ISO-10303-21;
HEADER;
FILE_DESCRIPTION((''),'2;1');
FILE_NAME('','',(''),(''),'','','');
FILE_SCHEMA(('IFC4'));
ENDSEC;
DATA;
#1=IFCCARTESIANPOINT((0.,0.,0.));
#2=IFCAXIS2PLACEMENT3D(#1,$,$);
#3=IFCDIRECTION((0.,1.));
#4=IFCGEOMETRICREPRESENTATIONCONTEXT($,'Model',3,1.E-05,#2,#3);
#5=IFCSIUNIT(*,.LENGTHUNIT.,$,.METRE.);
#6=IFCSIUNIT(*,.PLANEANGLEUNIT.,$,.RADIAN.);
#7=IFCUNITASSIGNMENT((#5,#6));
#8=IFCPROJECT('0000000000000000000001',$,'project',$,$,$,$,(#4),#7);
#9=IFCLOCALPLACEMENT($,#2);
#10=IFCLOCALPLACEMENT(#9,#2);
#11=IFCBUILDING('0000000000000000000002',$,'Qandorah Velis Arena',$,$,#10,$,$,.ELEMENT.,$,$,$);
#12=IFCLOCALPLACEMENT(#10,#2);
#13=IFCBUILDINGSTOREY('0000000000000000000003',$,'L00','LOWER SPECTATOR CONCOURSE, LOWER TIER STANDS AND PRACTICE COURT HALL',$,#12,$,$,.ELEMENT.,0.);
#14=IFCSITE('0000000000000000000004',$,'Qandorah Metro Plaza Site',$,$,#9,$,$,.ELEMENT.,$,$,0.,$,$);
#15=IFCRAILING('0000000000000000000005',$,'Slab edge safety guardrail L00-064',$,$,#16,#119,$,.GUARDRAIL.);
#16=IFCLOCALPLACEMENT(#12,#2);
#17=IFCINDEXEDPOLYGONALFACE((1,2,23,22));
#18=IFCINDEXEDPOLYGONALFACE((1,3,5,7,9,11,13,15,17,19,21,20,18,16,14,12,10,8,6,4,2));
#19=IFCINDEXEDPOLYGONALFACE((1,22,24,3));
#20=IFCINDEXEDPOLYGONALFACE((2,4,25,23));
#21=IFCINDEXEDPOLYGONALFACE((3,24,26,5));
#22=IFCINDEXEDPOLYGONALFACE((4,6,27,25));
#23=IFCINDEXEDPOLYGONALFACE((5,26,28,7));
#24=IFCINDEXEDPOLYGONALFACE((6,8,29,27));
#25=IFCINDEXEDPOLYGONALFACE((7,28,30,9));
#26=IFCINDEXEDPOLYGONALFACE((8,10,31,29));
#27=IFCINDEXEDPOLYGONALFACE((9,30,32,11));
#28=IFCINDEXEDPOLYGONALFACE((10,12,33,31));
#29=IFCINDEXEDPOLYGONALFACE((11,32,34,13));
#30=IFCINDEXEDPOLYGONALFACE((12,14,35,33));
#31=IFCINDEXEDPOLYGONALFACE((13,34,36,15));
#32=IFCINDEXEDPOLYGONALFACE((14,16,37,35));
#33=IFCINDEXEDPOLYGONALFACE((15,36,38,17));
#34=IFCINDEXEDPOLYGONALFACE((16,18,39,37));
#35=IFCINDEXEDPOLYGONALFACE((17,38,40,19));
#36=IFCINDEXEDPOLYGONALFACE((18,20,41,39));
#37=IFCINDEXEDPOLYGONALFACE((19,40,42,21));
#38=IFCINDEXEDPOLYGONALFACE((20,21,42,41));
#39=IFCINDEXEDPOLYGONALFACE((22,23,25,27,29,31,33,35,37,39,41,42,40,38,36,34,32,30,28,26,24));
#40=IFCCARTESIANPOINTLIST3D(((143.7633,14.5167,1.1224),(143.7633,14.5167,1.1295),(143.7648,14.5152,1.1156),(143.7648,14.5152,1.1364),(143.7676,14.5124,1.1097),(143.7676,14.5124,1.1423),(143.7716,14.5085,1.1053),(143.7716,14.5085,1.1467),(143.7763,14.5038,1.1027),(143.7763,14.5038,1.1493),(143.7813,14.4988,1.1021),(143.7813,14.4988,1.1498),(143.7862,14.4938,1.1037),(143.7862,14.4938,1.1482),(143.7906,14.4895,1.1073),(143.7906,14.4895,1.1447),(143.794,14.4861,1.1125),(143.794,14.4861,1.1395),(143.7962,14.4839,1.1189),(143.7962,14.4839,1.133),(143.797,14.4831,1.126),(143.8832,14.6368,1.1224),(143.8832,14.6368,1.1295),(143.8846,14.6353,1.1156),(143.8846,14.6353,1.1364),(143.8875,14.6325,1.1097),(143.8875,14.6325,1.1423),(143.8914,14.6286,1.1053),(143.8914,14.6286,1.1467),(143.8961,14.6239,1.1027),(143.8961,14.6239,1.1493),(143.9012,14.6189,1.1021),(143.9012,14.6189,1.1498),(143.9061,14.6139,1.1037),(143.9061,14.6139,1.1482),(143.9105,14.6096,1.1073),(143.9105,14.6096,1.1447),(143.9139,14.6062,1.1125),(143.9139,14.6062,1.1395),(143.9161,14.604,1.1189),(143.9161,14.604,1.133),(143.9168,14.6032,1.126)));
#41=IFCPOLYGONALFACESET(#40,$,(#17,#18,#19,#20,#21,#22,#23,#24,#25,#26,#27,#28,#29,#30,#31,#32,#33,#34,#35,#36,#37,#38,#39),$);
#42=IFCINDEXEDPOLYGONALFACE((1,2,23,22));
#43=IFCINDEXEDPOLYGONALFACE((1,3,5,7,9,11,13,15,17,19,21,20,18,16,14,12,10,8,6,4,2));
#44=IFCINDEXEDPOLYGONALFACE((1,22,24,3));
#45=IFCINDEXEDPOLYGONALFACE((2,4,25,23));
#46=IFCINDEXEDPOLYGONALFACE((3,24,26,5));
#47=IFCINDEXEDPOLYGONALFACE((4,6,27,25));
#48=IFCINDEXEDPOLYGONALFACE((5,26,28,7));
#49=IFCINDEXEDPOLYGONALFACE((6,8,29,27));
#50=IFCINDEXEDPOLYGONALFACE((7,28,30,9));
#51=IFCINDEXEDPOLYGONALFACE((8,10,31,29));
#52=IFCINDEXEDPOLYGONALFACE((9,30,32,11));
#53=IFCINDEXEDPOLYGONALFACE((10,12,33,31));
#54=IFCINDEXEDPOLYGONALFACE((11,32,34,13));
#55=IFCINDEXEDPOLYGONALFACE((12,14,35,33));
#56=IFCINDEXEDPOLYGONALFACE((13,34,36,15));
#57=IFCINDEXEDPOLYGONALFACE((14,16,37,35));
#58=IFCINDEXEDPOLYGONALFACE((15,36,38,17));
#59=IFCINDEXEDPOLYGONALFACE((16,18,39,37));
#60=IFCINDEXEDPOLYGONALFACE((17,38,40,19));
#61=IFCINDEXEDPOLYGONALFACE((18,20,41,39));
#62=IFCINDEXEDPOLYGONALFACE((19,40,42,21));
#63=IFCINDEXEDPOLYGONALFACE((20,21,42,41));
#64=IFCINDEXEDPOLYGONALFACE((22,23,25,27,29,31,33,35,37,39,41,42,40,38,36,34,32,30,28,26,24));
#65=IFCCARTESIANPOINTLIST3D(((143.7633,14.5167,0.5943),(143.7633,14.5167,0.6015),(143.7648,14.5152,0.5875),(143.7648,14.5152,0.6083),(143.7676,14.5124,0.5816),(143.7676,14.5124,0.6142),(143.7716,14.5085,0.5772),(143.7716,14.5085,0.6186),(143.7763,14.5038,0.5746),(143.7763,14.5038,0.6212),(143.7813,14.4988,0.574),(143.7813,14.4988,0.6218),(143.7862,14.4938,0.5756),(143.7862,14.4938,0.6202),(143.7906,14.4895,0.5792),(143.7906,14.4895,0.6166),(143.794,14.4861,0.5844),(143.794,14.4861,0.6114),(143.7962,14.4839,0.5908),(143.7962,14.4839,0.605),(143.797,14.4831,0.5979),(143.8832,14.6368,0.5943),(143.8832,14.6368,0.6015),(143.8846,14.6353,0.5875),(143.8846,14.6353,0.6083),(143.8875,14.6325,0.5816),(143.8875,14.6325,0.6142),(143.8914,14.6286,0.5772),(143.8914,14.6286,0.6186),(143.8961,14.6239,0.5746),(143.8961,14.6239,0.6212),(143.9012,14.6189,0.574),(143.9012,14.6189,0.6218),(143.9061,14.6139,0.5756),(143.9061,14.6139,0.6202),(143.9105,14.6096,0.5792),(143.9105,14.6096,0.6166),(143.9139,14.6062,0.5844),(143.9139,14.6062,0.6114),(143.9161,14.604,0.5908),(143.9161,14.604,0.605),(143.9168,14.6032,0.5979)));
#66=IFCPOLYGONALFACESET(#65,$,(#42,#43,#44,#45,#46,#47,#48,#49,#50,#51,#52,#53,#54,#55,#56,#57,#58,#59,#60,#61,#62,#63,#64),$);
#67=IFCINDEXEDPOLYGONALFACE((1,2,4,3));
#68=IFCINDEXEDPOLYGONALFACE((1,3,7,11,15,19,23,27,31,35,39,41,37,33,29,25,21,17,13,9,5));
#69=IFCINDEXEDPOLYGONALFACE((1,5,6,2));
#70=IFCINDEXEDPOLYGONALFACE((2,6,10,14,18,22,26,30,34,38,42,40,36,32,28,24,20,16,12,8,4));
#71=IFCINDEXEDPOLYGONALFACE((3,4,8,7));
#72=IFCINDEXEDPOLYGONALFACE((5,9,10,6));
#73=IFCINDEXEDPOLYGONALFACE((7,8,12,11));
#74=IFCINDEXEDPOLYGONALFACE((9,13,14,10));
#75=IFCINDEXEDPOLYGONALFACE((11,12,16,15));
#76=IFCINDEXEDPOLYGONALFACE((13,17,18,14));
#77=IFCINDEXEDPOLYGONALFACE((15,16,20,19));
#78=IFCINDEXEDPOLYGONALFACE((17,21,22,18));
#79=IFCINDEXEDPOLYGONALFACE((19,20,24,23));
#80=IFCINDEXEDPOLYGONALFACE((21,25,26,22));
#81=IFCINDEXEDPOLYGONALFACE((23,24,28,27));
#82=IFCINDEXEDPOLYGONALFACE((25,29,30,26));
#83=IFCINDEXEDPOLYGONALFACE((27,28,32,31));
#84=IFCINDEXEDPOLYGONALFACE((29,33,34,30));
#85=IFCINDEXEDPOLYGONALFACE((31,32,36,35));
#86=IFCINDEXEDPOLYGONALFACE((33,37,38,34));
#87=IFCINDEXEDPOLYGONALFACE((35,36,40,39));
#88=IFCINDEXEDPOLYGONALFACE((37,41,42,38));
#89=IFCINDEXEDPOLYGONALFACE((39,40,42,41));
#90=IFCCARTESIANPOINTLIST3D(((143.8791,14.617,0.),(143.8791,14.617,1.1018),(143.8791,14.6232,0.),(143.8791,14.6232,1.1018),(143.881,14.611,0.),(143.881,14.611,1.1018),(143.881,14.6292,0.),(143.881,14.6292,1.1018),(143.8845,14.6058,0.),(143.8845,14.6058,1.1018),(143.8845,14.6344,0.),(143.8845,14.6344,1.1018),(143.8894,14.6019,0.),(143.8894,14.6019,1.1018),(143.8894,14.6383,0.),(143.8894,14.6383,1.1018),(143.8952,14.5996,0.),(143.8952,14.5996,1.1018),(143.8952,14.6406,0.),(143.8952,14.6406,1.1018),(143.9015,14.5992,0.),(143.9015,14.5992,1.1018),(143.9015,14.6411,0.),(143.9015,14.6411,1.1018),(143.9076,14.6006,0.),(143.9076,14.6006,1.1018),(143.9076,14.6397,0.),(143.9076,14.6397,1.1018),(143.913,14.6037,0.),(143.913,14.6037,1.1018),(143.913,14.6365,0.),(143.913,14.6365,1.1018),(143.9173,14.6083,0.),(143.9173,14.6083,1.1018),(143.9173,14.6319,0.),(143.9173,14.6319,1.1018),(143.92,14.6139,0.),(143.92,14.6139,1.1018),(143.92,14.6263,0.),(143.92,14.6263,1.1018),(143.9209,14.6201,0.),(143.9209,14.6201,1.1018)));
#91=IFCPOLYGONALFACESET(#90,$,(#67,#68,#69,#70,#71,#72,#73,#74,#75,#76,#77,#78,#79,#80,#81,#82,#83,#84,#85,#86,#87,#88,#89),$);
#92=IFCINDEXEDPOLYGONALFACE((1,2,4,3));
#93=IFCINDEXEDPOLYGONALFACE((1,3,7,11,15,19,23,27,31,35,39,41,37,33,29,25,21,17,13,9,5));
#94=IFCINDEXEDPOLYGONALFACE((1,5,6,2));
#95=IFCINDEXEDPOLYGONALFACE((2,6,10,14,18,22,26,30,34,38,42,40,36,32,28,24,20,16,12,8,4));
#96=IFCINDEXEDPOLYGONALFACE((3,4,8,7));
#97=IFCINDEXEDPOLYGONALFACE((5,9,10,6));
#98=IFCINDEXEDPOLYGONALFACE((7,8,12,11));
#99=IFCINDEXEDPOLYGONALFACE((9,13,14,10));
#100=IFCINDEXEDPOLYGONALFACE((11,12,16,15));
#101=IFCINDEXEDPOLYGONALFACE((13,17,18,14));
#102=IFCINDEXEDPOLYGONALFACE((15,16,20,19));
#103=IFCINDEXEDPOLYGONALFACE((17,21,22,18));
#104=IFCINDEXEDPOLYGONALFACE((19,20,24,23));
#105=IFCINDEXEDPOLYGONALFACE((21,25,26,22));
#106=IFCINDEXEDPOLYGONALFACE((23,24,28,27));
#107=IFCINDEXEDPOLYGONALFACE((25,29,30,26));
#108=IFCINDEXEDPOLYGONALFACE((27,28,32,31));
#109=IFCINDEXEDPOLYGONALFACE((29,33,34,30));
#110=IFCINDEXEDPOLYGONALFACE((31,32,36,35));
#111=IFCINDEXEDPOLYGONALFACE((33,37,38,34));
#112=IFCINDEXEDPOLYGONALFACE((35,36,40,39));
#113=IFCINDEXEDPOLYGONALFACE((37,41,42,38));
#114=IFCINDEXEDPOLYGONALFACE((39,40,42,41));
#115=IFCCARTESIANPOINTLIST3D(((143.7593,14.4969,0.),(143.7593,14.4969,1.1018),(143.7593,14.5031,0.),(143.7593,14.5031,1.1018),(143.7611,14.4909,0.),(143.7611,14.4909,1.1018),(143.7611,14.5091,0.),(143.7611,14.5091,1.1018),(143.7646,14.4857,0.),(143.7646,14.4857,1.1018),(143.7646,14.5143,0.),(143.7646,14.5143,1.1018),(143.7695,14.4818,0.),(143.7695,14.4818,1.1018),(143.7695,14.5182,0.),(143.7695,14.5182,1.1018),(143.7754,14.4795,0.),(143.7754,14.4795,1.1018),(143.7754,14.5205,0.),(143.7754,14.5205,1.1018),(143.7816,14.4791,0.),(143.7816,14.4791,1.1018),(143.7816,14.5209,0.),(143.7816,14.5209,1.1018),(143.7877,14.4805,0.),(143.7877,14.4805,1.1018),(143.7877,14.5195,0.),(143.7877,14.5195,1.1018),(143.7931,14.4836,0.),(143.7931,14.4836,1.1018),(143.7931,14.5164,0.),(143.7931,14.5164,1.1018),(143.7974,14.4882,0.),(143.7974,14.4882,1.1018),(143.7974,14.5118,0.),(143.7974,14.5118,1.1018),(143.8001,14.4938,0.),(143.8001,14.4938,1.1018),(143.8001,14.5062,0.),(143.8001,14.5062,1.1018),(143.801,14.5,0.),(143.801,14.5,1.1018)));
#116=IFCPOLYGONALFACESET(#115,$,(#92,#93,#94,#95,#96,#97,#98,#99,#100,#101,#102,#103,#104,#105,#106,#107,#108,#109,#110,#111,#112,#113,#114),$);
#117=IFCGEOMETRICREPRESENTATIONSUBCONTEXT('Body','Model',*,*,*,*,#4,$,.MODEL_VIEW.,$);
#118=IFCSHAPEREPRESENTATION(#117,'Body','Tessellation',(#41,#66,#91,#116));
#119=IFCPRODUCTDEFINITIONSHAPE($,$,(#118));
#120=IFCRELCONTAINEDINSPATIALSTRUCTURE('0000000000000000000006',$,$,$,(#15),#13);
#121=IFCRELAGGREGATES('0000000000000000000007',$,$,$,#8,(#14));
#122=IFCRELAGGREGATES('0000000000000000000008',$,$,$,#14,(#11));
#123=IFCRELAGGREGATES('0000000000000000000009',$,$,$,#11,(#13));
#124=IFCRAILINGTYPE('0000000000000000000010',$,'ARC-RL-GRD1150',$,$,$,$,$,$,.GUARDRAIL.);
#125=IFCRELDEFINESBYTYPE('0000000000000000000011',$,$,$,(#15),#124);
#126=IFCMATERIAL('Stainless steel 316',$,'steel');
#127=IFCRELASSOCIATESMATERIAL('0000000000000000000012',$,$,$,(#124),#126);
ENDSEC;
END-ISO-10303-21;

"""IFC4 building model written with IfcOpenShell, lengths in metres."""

from ifc_helpers import new_model, si_unit, direction, frame, origin, origin_2d, place, context, subcontext, project, spatial, circle, extrude, material, type_object, element, save


model = new_model("IFC4")

# Units and contexts
model_context = context("Model", 3, precision=1e-05, world=origin(), true_north=direction((0.0, 1.0)))
body_context = subcontext(model_context, "Body", "Model", "MODEL_VIEW")
ifc_project = project(units=[si_unit("LENGTHUNIT", "METRE"), si_unit("PLANEANGLEUNIT", "RADIAN")], contexts=[model_context])

# Site, building, storey
site_placement = place(None, origin())
site = spatial("IfcSite", under=ifc_project, at=site_placement, Name="Qandorah Metro Plaza Site", CompositionType="ELEMENT", RefElevation=0.0)
building_placement = place(site_placement, origin())
building = spatial("IfcBuilding", under=site, at=building_placement, Name="Qandorah Velis Arena", CompositionType="ELEMENT")
storey_placement = place(building_placement, origin())
storey = spatial("IfcBuildingStorey", under=building, at=storey_placement, Name="L00", Description="LOWER SPECTATOR CONCOURSE, LOWER TIER STANDS AND PRACTICE COURT HALL", CompositionType="ELEMENT", Elevation=0.0)

# Railing
ifc_material_1 = material(Name="Stainless steel 316", Category="steel")
railing_type_1 = type_object("IfcRailingType", Name="ARC-RL-GRD1150", PredefinedType="GUARDRAIL", material=ifc_material_1)
railing_1_placement = place(storey_placement, frame((143.8999, 14.6201, 0.0)))
element("IfcRailing", 1, at=railing_1_placement, inside=storey, type_object=railing_type_1, Name="Slab edge safety guardrail L00-064", PredefinedType="GUARDRAIL", context=body_context, shape_type="SweptSolid", body=[
    extrude(circle(Radius=0.0239, at=origin_2d()), frame((0.0, 0.0, 1.126), z_axis=(-0.706387, -0.707826, 0.0), x_axis=(0.707826, -0.706387, 0.0)), (0.0, 0.0, 1.0), 0.1697),
    extrude(circle(Radius=0.0239, at=origin_2d()), frame((0.0, 0.0, 0.5979), z_axis=(-0.706387, -0.707826, 0.0), x_axis=(0.707826, -0.706387, 0.0)), (0.0, 0.0, 1.0), 0.1697),
    extrude(circle(Radius=0.021, at=origin_2d()), origin(), (0.0, 0.0, 1.0), 1.1018),
    extrude(circle(Radius=0.021, at=origin_2d()), frame((-0.1199, -0.1201, 0.0)), (0.0, 0.0, 1.0), 1.1018),
])

save(model, "model.ifc")
